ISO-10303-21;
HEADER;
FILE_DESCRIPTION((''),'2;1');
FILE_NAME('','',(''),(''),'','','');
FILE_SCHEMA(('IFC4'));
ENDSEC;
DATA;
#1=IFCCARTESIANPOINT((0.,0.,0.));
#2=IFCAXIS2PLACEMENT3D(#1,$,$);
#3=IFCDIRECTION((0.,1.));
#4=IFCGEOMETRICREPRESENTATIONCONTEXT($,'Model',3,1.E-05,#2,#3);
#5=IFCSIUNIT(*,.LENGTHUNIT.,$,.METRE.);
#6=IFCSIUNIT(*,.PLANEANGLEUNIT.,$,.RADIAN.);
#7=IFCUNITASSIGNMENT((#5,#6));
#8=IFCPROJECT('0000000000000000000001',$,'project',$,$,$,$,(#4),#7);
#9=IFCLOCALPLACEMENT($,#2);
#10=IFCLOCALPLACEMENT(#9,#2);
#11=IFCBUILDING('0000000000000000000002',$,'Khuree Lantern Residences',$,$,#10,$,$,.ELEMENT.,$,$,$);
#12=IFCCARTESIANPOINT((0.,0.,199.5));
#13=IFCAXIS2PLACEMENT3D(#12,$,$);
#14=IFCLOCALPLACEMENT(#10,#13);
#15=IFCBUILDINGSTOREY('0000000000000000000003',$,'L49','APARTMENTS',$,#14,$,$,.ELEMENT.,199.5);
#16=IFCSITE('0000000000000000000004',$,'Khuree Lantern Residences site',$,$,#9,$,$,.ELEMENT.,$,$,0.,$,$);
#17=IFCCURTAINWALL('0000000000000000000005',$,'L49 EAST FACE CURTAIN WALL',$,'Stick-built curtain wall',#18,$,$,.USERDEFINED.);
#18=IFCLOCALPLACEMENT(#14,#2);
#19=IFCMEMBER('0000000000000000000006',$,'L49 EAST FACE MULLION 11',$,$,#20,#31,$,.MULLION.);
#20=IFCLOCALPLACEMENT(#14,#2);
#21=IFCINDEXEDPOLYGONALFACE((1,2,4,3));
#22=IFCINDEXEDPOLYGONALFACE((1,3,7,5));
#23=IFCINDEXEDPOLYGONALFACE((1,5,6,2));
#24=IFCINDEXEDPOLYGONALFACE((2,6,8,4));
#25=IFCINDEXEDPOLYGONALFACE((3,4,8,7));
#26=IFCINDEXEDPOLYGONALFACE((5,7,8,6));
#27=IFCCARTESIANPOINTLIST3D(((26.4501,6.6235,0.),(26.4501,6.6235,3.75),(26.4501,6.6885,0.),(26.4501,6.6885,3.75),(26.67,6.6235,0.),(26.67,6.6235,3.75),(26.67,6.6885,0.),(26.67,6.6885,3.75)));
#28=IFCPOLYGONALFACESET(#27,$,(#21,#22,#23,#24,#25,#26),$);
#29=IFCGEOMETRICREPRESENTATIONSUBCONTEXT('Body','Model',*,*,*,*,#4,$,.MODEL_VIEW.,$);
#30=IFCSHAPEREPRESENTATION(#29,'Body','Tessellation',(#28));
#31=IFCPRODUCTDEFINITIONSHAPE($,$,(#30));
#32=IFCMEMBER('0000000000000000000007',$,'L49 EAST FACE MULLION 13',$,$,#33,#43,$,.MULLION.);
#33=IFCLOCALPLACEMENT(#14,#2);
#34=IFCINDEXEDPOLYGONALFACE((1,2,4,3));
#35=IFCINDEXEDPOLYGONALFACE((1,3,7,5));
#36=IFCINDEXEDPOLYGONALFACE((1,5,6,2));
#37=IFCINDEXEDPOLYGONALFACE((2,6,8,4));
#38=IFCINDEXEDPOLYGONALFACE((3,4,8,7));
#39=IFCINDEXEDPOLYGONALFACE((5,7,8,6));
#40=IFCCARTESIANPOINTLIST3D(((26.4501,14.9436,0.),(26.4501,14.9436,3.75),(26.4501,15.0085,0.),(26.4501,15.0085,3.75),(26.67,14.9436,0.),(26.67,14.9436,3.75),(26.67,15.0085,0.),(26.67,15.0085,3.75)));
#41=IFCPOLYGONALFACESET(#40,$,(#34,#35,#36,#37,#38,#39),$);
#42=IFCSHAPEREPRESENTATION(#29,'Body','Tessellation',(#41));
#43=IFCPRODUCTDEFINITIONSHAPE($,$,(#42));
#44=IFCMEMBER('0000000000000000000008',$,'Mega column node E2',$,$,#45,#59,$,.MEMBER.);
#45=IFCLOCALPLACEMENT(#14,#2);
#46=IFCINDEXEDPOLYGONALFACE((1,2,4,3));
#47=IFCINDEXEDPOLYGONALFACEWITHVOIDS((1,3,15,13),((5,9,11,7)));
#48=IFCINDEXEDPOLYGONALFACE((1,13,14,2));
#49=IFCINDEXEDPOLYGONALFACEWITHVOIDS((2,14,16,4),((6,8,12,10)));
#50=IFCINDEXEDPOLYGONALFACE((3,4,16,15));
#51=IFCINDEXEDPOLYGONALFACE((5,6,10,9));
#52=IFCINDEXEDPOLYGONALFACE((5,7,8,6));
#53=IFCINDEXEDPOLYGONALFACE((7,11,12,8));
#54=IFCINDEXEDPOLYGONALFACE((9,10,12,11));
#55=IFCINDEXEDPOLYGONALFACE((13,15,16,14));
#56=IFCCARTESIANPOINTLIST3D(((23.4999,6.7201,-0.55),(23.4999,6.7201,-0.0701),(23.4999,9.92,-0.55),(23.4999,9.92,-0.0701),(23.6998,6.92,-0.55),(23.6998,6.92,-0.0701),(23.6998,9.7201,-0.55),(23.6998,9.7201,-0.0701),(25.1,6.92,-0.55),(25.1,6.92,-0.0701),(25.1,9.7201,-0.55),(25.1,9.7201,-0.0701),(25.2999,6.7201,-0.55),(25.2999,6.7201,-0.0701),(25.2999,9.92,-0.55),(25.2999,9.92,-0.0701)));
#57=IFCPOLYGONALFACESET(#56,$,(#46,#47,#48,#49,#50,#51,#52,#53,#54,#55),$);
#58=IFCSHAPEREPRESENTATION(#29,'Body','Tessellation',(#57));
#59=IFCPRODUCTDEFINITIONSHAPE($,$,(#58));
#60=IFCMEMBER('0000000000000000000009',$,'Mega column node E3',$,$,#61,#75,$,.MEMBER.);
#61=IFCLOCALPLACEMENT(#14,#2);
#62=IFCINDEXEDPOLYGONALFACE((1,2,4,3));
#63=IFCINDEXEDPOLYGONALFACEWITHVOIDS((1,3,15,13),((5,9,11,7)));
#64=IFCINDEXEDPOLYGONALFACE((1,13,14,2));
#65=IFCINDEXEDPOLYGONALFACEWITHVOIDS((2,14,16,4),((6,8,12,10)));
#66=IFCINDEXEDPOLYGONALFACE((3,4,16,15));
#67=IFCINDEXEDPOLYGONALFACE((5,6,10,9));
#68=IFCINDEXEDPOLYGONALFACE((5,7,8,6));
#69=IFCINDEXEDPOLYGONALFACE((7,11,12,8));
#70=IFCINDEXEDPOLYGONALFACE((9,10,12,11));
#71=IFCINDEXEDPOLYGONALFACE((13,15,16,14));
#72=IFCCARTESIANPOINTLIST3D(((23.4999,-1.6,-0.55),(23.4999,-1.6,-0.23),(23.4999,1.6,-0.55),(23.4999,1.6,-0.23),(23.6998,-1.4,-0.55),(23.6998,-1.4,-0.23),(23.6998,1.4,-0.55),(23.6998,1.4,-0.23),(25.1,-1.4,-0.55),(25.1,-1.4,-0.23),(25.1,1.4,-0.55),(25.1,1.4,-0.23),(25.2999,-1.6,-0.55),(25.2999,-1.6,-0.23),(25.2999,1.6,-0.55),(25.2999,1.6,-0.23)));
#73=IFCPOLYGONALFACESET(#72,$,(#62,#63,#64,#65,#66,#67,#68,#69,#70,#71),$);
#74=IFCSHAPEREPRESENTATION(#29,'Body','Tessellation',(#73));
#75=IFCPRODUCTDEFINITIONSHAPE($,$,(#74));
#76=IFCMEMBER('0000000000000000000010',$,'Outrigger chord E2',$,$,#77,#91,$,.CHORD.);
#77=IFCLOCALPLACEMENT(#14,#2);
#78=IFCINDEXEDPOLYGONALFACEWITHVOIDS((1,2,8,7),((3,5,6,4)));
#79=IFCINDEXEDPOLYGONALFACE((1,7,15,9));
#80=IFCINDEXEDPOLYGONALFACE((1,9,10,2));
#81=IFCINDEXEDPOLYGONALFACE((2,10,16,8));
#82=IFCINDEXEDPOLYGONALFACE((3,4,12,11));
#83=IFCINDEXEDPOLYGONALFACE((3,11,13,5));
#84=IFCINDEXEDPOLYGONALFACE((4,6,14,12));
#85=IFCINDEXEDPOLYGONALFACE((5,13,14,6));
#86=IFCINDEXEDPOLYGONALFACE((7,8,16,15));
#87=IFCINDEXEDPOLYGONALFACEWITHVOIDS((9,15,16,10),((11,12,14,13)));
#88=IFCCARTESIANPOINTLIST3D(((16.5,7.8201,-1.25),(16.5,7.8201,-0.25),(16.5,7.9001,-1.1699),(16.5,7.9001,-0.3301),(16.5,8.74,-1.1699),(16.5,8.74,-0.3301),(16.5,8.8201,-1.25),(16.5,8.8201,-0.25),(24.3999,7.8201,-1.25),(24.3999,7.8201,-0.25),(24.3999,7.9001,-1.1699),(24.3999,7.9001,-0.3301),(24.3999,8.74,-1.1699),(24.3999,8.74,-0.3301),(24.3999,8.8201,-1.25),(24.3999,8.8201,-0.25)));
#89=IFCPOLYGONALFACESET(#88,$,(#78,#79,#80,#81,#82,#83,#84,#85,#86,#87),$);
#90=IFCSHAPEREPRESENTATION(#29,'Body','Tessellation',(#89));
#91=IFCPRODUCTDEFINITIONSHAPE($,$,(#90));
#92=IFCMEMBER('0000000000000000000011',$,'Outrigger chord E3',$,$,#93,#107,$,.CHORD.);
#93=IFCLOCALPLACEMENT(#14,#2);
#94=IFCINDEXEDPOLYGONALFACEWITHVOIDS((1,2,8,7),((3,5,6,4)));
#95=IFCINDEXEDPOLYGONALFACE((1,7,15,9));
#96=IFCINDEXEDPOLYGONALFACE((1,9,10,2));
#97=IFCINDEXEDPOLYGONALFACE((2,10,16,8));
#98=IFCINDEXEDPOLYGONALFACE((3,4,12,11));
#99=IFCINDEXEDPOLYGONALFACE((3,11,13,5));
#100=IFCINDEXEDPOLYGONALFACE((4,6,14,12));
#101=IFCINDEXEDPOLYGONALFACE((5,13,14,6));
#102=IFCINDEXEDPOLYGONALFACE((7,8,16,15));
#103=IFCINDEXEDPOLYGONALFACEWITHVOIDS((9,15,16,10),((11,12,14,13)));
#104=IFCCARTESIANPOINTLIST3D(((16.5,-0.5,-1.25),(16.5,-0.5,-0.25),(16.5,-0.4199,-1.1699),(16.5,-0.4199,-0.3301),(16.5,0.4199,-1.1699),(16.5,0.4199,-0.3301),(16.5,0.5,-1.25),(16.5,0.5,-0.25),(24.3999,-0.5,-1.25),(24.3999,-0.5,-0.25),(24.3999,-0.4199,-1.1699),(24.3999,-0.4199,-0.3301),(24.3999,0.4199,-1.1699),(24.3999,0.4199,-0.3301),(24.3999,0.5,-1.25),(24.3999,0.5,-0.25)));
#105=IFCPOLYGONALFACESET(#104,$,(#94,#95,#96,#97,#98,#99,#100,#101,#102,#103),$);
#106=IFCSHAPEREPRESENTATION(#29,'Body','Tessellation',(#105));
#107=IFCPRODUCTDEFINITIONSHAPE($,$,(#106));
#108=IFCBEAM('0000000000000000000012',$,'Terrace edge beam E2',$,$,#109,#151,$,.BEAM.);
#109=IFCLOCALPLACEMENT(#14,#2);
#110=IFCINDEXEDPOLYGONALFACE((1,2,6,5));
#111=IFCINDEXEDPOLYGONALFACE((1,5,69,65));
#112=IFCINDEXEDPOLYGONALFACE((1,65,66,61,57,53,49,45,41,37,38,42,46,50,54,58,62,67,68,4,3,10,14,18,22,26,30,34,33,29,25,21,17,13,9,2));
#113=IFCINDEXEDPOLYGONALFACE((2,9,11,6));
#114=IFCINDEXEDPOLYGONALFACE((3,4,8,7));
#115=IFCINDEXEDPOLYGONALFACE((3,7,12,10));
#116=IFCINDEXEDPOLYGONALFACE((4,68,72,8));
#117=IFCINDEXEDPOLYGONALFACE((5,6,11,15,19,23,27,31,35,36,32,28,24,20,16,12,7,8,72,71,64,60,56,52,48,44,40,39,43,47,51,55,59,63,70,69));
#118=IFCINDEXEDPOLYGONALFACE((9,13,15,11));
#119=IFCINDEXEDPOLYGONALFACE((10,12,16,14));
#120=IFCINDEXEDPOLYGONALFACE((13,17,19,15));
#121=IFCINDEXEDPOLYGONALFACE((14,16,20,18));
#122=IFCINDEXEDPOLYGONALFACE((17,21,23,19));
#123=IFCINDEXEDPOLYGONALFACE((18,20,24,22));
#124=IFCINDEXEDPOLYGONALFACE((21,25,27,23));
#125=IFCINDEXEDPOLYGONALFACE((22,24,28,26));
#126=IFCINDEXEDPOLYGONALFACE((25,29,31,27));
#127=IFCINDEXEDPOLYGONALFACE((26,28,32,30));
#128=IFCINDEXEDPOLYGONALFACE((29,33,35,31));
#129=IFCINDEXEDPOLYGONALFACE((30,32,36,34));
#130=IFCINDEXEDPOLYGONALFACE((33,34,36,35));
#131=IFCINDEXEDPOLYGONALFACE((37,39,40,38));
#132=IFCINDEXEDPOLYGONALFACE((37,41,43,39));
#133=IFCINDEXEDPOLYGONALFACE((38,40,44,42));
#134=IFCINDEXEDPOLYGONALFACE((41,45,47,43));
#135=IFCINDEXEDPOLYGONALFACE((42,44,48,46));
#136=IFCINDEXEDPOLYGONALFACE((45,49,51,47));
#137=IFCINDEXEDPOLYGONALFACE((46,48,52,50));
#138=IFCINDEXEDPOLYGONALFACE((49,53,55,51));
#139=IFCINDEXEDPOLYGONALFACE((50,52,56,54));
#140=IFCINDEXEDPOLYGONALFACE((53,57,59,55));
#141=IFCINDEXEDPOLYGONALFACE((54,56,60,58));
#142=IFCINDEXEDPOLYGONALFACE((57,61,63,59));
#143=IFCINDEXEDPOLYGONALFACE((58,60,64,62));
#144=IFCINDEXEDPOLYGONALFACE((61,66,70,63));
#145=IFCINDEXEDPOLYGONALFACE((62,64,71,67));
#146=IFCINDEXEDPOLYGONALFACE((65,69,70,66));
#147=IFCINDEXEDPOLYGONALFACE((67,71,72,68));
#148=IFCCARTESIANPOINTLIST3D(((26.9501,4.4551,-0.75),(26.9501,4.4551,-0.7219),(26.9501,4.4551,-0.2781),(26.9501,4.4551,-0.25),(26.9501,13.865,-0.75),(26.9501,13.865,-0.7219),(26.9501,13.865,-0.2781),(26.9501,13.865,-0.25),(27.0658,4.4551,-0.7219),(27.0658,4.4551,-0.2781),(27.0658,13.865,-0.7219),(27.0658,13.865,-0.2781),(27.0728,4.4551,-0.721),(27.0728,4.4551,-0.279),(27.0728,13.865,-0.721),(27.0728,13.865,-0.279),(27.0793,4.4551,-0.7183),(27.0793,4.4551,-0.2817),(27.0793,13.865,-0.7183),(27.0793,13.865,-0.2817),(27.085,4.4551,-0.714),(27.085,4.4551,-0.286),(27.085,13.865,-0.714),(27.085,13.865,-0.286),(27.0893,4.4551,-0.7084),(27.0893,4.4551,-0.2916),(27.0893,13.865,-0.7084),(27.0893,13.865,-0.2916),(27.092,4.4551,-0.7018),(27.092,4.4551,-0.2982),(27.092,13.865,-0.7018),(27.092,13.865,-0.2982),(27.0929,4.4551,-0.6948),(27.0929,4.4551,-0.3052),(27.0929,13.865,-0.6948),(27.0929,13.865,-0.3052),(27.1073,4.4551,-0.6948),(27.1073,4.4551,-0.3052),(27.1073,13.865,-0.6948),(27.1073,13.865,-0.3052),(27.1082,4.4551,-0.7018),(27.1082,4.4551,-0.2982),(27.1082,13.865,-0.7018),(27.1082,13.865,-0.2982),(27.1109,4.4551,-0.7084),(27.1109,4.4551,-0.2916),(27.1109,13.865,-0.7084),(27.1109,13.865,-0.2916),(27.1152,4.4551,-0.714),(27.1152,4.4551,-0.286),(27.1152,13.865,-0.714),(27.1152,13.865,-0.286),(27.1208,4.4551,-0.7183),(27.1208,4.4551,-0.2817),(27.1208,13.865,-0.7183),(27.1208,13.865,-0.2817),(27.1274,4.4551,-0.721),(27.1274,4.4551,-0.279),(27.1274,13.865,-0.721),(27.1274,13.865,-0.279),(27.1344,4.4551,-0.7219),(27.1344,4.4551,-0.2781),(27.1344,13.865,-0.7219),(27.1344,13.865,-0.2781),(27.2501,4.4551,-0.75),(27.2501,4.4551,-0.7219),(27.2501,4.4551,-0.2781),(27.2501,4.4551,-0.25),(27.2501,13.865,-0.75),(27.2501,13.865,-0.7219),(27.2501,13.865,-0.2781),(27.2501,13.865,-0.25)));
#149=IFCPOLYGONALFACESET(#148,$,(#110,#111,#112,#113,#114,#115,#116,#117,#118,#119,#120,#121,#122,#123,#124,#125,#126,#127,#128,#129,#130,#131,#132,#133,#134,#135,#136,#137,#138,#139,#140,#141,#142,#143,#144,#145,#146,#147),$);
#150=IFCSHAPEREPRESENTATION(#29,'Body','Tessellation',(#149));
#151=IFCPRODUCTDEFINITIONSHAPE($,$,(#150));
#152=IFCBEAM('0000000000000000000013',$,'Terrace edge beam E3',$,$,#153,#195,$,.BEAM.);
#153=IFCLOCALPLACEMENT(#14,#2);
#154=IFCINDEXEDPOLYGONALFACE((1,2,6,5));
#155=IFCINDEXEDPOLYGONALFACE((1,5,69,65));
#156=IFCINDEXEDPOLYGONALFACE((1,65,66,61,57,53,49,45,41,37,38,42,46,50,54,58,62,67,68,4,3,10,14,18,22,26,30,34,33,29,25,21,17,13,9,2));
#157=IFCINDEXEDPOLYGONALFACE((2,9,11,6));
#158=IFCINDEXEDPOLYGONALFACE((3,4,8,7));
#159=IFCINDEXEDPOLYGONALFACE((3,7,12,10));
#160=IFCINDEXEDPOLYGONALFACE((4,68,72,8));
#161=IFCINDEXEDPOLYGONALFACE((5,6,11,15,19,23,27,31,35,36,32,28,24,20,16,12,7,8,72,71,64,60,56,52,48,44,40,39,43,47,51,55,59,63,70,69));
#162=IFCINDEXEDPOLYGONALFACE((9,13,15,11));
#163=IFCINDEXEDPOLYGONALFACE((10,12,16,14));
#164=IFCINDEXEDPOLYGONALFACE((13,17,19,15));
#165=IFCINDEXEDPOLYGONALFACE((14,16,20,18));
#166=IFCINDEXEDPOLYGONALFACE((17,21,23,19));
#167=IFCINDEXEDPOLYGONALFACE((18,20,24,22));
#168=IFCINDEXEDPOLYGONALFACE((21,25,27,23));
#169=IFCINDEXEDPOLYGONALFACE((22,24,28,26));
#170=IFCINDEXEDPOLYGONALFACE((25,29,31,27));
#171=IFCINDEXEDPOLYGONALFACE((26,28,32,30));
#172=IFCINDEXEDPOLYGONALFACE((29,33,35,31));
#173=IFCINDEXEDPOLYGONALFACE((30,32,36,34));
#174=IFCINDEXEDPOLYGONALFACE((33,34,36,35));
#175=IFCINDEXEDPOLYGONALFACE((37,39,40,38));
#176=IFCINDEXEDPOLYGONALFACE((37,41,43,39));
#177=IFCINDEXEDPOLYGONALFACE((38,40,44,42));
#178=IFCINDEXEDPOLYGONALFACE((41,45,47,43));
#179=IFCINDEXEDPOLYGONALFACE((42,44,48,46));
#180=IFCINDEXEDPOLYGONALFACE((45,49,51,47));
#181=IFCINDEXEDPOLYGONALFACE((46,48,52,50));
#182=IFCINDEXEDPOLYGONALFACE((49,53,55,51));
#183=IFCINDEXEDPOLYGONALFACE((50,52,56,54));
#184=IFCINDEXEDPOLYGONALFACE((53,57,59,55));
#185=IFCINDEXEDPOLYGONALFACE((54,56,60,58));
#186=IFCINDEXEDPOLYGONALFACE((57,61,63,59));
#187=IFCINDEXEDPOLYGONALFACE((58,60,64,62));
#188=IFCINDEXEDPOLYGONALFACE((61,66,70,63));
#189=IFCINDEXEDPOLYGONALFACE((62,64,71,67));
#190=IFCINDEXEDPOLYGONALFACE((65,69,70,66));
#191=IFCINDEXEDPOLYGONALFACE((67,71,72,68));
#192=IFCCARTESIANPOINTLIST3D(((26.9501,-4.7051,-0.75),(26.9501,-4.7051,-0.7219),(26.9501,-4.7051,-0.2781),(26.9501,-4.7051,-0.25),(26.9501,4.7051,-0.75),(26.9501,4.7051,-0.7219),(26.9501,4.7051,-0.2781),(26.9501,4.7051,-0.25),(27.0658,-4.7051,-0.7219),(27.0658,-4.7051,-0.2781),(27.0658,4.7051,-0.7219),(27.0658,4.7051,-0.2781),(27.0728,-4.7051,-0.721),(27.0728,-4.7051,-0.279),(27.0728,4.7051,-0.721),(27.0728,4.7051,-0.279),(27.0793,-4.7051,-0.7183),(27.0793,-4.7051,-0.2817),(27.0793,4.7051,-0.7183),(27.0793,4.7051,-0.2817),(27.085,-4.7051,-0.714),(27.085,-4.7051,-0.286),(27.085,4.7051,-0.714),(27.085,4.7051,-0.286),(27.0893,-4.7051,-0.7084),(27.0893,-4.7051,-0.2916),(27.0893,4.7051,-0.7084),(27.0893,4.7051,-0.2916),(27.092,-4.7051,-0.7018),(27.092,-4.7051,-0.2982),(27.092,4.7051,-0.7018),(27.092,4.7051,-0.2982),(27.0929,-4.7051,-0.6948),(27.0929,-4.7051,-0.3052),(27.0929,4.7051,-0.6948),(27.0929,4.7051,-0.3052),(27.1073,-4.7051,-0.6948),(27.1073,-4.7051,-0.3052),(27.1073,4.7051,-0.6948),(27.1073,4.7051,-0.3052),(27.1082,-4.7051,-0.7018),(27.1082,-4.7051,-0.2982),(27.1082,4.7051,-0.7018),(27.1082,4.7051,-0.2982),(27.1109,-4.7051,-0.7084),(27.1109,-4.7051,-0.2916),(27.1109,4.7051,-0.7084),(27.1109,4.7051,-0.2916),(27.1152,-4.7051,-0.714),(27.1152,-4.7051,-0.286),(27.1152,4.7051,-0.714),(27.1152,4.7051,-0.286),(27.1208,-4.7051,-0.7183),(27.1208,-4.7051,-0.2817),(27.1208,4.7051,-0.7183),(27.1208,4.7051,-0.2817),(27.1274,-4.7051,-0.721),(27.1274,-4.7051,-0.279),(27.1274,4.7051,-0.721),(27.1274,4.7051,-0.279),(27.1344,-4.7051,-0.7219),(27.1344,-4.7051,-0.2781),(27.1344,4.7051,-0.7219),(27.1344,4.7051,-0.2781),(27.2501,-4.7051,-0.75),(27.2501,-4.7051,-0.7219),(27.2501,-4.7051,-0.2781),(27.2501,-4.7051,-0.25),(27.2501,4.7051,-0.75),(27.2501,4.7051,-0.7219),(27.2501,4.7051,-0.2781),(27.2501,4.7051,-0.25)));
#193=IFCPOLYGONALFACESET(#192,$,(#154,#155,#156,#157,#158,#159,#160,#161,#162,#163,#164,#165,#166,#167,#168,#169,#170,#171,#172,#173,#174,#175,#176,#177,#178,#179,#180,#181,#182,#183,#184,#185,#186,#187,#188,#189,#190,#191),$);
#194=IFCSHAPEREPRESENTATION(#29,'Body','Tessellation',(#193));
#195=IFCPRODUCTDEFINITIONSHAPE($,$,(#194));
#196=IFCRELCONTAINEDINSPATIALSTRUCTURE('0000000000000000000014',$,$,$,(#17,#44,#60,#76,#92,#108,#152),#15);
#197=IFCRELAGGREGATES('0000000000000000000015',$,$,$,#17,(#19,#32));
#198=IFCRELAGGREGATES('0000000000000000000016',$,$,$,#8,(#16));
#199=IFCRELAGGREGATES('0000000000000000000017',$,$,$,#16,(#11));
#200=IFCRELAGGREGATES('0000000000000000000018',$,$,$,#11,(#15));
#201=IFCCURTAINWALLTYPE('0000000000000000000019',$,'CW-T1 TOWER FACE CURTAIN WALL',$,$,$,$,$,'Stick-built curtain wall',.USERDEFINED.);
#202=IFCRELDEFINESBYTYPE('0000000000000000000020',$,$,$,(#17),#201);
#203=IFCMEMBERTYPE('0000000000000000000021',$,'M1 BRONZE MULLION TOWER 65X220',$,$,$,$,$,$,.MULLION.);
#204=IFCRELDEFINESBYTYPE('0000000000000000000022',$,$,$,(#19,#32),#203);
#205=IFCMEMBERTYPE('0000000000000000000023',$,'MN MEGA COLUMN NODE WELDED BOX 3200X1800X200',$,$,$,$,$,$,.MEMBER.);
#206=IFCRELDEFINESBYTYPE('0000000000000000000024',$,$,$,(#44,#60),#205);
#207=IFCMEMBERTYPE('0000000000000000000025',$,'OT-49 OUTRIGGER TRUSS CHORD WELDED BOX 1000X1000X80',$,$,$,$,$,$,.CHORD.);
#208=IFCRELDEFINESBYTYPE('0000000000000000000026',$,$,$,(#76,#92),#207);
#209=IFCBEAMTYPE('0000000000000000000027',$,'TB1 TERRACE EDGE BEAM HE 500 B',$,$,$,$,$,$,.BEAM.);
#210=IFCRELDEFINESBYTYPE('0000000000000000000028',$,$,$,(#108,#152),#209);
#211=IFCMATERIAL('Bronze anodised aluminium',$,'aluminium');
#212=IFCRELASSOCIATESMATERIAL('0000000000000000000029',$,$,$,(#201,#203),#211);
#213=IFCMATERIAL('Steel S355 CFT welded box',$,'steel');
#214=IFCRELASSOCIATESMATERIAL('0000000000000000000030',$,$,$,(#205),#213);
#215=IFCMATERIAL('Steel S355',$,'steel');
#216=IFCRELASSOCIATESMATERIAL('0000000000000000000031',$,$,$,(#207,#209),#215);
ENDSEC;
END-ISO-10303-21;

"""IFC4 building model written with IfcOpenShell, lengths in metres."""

from ifc_helpers import new_model, si_unit, direction, frame, origin, origin_2d, place, context, subcontext, project, spatial, rectangle, hollow_rectangle, i_section, extrude, material, material_profile, profile_set, type_object, element, aggregate, save


model = new_model("IFC4")

# Units and contexts
model_context = context("Model", 3, precision=1e-05, world=origin(), true_north=direction((0.0, 1.0)))
body_context = subcontext(model_context, "Body", "Model", "MODEL_VIEW")
ifc_project = project(units=[si_unit("LENGTHUNIT", "METRE"), si_unit("PLANEANGLEUNIT", "RADIAN")], contexts=[model_context])

# Site, building, storey
site_placement = place(None, origin())
site = spatial("IfcSite", under=ifc_project, at=site_placement, Name="Khuree Lantern Residences site", CompositionType="ELEMENT", RefElevation=0.0)
building_placement = place(site_placement, origin())
building = spatial("IfcBuilding", under=site, at=building_placement, Name="Khuree Lantern Residences", CompositionType="ELEMENT")
storey_placement = place(building_placement, frame((0.0, 0.0, 199.5)))
storey = spatial("IfcBuildingStorey", under=building, at=storey_placement, Name="L49", Description="APARTMENTS", CompositionType="ELEMENT", Elevation=199.5)

# Shared definitions
ifc_material_1 = material(Name="Steel S355 CFT welded box", Category="steel")

# Shared definitions
ifc_material_2 = material(Name="Steel S355", Category="steel")

# Curtain wall, members
ifc_material_3 = material(Name="Bronze anodised aluminium", Category="aluminium")
curtain_wall_type = type_object("IfcCurtainWallType", Name="CW-T1 TOWER FACE CURTAIN WALL", ElementType="Stick-built curtain wall", PredefinedType="USERDEFINED", material=ifc_material_3)
curtain_wall_placement = place(storey_placement, origin())
curtain_wall = element("IfcCurtainWall", 1, at=curtain_wall_placement, inside=storey, type_object=curtain_wall_type, Name="L49 EAST FACE CURTAIN WALL", ObjectType="Stick-built curtain wall", PredefinedType="USERDEFINED")
ifc_material_profile_1 = material_profile(ifc_material_3, rectangle(XDim=0.0649, YDim=0.22, at=origin_2d()), Name="M1 65X220")
ifc_profile_set_1 = profile_set([ifc_material_profile_1], Name="Bronze anodised aluminium")
member_type_1 = type_object("IfcMemberType", Name="M1 BRONZE MULLION TOWER 65X220", PredefinedType="MULLION", material=ifc_profile_set_1)
member_1_placement = place(storey_placement, frame((26.5601, 6.656, 0.0), z_axis=(0.0, 0.0, 1.0), x_axis=(0.0, 1.0, 0.0)))
member_1 = element("IfcMember", 2, at=member_1_placement, type_object=member_type_1, Name="L49 EAST FACE MULLION 11", PredefinedType="MULLION", context=body_context, shape_type="SweptSolid", body=[
    extrude(rectangle(XDim=0.0649, YDim=0.22, at=origin_2d()), origin(), (0.0, 0.0, 1.0), 3.75),
])
member_2_placement = place(storey_placement, frame((26.5601, 14.9761, 0.0), z_axis=(0.0, 0.0, 1.0), x_axis=(0.0, 1.0, 0.0)))
member_2 = element("IfcMember", 3, at=member_2_placement, type_object=member_type_1, Name="L49 EAST FACE MULLION 13", PredefinedType="MULLION", context=body_context, shape_type="SweptSolid", body=[
    extrude(rectangle(XDim=0.0649, YDim=0.22, at=origin_2d()), origin(), (0.0, 0.0, 1.0), 3.75),
])

# Members
ifc_material_profile_2 = material_profile(ifc_material_1, hollow_rectangle(XDim=3.2, YDim=1.8, WallThickness=0.2, at=origin_2d()), Name="WELDED BOX 3200X1800X200")
ifc_profile_set_2 = profile_set([ifc_material_profile_2], Name="Steel S355 CFT welded box")
member_type_2 = type_object("IfcMemberType", Name="MN MEGA COLUMN NODE WELDED BOX 3200X1800X200", PredefinedType="MEMBER", material=ifc_profile_set_2)
member_3_placement = place(storey_placement, frame((24.3999, 8.3201, -0.55), z_axis=(0.0, 0.0, 1.0), x_axis=(0.0, 1.0, 0.0)))
element("IfcMember", 4, at=member_3_placement, inside=storey, type_object=member_type_2, Name="Mega column node E2", PredefinedType="MEMBER", context=body_context, shape_type="SweptSolid", body=[
    extrude(hollow_rectangle(XDim=3.2, YDim=1.8, WallThickness=0.2, at=origin_2d()), origin(), (0.0, 0.0, 1.0), 0.48),
])
member_4_placement = place(storey_placement, frame((24.3999, 0.0, -0.55), z_axis=(0.0, 0.0, 1.0), x_axis=(0.0, 1.0, 0.0)))
element("IfcMember", 5, at=member_4_placement, inside=storey, type_object=member_type_2, Name="Mega column node E3", PredefinedType="MEMBER", context=body_context, shape_type="SweptSolid", body=[
    extrude(hollow_rectangle(XDim=3.2, YDim=1.8, WallThickness=0.2, at=origin_2d()), origin(), (0.0, 0.0, 1.0), 0.3201),
])
ifc_material_profile_3 = material_profile(ifc_material_2, hollow_rectangle(XDim=1.0, YDim=1.0, WallThickness=0.0801, at=origin_2d()), Name="WELDED BOX 1000X1000X80")
ifc_profile_set_3 = profile_set([ifc_material_profile_3], Name="Steel S355")
member_type_3 = type_object("IfcMemberType", Name="OT-49 OUTRIGGER TRUSS CHORD WELDED BOX 1000X1000X80", PredefinedType="CHORD", material=ifc_profile_set_3)
for number, where, z_axis, x_axis, name in (
    (6, (24.3999, 8.3201, -0.75), (-1.0, 0.0, 0.0), (0.0, -1.0, 0.0), "Outrigger chord E2"),
    (7, (24.3999, 0.0, -0.75), (-1.0, 0.0, 0.0), (0.0, -1.0, 0.0), "Outrigger chord E3"),
):
    element("IfcMember", number, at=place(storey_placement, frame(where, z_axis=z_axis, x_axis=x_axis)), inside=storey, type_object=member_type_3, Name=name, PredefinedType="CHORD", context=body_context, shape_type="SweptSolid", body=[
        extrude(hollow_rectangle(XDim=1.0, YDim=1.0, WallThickness=0.0801, at=origin_2d()), origin(), (0.0, 0.0, 1.0), 7.8999),
    ])

# Beams
ifc_material_profile_4 = material_profile(ifc_material_2, i_section(OverallWidth=0.3, OverallDepth=0.5, WebThickness=0.0144, FlangeThickness=0.0281, FilletRadius=0.0271, at=origin_2d()), Name="HE 500 B")
ifc_profile_set_4 = profile_set([ifc_material_profile_4], Name="Steel S355")
beam_type_1 = type_object("IfcBeamType", Name="TB1 TERRACE EDGE BEAM HE 500 B", PredefinedType="BEAM", material=ifc_profile_set_4)
beam_1_placement = place(storey_placement, frame((27.1001, 13.865, -0.5), z_axis=(0.0, -1.0, 0.0), x_axis=(1.0, 0.0, 0.0)))
element("IfcBeam", 8, at=beam_1_placement, inside=storey, type_object=beam_type_1, Name="Terrace edge beam E2", PredefinedType="BEAM", context=body_context, shape_type="SweptSolid", body=[
    extrude(i_section(OverallWidth=0.3, OverallDepth=0.5, WebThickness=0.0144, FlangeThickness=0.0281, FilletRadius=0.0271, at=origin_2d()), origin(), (0.0, 0.0, 1.0), 9.4099),
])
beam_2_placement = place(storey_placement, frame((27.1001, 4.7051, -0.5), z_axis=(0.0, -1.0, 0.0), x_axis=(1.0, 0.0, 0.0)))
element("IfcBeam", 9, at=beam_2_placement, inside=storey, type_object=beam_type_1, Name="Terrace edge beam E3", PredefinedType="BEAM", context=body_context, shape_type="SweptSolid", body=[
    extrude(i_section(OverallWidth=0.3, OverallDepth=0.5, WebThickness=0.0144, FlangeThickness=0.0281, FilletRadius=0.0271, at=origin_2d()), origin(), (0.0, 0.0, 1.0), 9.4102),
])

aggregate(curtain_wall, [member_1, member_2])

save(model, "model.ifc")
